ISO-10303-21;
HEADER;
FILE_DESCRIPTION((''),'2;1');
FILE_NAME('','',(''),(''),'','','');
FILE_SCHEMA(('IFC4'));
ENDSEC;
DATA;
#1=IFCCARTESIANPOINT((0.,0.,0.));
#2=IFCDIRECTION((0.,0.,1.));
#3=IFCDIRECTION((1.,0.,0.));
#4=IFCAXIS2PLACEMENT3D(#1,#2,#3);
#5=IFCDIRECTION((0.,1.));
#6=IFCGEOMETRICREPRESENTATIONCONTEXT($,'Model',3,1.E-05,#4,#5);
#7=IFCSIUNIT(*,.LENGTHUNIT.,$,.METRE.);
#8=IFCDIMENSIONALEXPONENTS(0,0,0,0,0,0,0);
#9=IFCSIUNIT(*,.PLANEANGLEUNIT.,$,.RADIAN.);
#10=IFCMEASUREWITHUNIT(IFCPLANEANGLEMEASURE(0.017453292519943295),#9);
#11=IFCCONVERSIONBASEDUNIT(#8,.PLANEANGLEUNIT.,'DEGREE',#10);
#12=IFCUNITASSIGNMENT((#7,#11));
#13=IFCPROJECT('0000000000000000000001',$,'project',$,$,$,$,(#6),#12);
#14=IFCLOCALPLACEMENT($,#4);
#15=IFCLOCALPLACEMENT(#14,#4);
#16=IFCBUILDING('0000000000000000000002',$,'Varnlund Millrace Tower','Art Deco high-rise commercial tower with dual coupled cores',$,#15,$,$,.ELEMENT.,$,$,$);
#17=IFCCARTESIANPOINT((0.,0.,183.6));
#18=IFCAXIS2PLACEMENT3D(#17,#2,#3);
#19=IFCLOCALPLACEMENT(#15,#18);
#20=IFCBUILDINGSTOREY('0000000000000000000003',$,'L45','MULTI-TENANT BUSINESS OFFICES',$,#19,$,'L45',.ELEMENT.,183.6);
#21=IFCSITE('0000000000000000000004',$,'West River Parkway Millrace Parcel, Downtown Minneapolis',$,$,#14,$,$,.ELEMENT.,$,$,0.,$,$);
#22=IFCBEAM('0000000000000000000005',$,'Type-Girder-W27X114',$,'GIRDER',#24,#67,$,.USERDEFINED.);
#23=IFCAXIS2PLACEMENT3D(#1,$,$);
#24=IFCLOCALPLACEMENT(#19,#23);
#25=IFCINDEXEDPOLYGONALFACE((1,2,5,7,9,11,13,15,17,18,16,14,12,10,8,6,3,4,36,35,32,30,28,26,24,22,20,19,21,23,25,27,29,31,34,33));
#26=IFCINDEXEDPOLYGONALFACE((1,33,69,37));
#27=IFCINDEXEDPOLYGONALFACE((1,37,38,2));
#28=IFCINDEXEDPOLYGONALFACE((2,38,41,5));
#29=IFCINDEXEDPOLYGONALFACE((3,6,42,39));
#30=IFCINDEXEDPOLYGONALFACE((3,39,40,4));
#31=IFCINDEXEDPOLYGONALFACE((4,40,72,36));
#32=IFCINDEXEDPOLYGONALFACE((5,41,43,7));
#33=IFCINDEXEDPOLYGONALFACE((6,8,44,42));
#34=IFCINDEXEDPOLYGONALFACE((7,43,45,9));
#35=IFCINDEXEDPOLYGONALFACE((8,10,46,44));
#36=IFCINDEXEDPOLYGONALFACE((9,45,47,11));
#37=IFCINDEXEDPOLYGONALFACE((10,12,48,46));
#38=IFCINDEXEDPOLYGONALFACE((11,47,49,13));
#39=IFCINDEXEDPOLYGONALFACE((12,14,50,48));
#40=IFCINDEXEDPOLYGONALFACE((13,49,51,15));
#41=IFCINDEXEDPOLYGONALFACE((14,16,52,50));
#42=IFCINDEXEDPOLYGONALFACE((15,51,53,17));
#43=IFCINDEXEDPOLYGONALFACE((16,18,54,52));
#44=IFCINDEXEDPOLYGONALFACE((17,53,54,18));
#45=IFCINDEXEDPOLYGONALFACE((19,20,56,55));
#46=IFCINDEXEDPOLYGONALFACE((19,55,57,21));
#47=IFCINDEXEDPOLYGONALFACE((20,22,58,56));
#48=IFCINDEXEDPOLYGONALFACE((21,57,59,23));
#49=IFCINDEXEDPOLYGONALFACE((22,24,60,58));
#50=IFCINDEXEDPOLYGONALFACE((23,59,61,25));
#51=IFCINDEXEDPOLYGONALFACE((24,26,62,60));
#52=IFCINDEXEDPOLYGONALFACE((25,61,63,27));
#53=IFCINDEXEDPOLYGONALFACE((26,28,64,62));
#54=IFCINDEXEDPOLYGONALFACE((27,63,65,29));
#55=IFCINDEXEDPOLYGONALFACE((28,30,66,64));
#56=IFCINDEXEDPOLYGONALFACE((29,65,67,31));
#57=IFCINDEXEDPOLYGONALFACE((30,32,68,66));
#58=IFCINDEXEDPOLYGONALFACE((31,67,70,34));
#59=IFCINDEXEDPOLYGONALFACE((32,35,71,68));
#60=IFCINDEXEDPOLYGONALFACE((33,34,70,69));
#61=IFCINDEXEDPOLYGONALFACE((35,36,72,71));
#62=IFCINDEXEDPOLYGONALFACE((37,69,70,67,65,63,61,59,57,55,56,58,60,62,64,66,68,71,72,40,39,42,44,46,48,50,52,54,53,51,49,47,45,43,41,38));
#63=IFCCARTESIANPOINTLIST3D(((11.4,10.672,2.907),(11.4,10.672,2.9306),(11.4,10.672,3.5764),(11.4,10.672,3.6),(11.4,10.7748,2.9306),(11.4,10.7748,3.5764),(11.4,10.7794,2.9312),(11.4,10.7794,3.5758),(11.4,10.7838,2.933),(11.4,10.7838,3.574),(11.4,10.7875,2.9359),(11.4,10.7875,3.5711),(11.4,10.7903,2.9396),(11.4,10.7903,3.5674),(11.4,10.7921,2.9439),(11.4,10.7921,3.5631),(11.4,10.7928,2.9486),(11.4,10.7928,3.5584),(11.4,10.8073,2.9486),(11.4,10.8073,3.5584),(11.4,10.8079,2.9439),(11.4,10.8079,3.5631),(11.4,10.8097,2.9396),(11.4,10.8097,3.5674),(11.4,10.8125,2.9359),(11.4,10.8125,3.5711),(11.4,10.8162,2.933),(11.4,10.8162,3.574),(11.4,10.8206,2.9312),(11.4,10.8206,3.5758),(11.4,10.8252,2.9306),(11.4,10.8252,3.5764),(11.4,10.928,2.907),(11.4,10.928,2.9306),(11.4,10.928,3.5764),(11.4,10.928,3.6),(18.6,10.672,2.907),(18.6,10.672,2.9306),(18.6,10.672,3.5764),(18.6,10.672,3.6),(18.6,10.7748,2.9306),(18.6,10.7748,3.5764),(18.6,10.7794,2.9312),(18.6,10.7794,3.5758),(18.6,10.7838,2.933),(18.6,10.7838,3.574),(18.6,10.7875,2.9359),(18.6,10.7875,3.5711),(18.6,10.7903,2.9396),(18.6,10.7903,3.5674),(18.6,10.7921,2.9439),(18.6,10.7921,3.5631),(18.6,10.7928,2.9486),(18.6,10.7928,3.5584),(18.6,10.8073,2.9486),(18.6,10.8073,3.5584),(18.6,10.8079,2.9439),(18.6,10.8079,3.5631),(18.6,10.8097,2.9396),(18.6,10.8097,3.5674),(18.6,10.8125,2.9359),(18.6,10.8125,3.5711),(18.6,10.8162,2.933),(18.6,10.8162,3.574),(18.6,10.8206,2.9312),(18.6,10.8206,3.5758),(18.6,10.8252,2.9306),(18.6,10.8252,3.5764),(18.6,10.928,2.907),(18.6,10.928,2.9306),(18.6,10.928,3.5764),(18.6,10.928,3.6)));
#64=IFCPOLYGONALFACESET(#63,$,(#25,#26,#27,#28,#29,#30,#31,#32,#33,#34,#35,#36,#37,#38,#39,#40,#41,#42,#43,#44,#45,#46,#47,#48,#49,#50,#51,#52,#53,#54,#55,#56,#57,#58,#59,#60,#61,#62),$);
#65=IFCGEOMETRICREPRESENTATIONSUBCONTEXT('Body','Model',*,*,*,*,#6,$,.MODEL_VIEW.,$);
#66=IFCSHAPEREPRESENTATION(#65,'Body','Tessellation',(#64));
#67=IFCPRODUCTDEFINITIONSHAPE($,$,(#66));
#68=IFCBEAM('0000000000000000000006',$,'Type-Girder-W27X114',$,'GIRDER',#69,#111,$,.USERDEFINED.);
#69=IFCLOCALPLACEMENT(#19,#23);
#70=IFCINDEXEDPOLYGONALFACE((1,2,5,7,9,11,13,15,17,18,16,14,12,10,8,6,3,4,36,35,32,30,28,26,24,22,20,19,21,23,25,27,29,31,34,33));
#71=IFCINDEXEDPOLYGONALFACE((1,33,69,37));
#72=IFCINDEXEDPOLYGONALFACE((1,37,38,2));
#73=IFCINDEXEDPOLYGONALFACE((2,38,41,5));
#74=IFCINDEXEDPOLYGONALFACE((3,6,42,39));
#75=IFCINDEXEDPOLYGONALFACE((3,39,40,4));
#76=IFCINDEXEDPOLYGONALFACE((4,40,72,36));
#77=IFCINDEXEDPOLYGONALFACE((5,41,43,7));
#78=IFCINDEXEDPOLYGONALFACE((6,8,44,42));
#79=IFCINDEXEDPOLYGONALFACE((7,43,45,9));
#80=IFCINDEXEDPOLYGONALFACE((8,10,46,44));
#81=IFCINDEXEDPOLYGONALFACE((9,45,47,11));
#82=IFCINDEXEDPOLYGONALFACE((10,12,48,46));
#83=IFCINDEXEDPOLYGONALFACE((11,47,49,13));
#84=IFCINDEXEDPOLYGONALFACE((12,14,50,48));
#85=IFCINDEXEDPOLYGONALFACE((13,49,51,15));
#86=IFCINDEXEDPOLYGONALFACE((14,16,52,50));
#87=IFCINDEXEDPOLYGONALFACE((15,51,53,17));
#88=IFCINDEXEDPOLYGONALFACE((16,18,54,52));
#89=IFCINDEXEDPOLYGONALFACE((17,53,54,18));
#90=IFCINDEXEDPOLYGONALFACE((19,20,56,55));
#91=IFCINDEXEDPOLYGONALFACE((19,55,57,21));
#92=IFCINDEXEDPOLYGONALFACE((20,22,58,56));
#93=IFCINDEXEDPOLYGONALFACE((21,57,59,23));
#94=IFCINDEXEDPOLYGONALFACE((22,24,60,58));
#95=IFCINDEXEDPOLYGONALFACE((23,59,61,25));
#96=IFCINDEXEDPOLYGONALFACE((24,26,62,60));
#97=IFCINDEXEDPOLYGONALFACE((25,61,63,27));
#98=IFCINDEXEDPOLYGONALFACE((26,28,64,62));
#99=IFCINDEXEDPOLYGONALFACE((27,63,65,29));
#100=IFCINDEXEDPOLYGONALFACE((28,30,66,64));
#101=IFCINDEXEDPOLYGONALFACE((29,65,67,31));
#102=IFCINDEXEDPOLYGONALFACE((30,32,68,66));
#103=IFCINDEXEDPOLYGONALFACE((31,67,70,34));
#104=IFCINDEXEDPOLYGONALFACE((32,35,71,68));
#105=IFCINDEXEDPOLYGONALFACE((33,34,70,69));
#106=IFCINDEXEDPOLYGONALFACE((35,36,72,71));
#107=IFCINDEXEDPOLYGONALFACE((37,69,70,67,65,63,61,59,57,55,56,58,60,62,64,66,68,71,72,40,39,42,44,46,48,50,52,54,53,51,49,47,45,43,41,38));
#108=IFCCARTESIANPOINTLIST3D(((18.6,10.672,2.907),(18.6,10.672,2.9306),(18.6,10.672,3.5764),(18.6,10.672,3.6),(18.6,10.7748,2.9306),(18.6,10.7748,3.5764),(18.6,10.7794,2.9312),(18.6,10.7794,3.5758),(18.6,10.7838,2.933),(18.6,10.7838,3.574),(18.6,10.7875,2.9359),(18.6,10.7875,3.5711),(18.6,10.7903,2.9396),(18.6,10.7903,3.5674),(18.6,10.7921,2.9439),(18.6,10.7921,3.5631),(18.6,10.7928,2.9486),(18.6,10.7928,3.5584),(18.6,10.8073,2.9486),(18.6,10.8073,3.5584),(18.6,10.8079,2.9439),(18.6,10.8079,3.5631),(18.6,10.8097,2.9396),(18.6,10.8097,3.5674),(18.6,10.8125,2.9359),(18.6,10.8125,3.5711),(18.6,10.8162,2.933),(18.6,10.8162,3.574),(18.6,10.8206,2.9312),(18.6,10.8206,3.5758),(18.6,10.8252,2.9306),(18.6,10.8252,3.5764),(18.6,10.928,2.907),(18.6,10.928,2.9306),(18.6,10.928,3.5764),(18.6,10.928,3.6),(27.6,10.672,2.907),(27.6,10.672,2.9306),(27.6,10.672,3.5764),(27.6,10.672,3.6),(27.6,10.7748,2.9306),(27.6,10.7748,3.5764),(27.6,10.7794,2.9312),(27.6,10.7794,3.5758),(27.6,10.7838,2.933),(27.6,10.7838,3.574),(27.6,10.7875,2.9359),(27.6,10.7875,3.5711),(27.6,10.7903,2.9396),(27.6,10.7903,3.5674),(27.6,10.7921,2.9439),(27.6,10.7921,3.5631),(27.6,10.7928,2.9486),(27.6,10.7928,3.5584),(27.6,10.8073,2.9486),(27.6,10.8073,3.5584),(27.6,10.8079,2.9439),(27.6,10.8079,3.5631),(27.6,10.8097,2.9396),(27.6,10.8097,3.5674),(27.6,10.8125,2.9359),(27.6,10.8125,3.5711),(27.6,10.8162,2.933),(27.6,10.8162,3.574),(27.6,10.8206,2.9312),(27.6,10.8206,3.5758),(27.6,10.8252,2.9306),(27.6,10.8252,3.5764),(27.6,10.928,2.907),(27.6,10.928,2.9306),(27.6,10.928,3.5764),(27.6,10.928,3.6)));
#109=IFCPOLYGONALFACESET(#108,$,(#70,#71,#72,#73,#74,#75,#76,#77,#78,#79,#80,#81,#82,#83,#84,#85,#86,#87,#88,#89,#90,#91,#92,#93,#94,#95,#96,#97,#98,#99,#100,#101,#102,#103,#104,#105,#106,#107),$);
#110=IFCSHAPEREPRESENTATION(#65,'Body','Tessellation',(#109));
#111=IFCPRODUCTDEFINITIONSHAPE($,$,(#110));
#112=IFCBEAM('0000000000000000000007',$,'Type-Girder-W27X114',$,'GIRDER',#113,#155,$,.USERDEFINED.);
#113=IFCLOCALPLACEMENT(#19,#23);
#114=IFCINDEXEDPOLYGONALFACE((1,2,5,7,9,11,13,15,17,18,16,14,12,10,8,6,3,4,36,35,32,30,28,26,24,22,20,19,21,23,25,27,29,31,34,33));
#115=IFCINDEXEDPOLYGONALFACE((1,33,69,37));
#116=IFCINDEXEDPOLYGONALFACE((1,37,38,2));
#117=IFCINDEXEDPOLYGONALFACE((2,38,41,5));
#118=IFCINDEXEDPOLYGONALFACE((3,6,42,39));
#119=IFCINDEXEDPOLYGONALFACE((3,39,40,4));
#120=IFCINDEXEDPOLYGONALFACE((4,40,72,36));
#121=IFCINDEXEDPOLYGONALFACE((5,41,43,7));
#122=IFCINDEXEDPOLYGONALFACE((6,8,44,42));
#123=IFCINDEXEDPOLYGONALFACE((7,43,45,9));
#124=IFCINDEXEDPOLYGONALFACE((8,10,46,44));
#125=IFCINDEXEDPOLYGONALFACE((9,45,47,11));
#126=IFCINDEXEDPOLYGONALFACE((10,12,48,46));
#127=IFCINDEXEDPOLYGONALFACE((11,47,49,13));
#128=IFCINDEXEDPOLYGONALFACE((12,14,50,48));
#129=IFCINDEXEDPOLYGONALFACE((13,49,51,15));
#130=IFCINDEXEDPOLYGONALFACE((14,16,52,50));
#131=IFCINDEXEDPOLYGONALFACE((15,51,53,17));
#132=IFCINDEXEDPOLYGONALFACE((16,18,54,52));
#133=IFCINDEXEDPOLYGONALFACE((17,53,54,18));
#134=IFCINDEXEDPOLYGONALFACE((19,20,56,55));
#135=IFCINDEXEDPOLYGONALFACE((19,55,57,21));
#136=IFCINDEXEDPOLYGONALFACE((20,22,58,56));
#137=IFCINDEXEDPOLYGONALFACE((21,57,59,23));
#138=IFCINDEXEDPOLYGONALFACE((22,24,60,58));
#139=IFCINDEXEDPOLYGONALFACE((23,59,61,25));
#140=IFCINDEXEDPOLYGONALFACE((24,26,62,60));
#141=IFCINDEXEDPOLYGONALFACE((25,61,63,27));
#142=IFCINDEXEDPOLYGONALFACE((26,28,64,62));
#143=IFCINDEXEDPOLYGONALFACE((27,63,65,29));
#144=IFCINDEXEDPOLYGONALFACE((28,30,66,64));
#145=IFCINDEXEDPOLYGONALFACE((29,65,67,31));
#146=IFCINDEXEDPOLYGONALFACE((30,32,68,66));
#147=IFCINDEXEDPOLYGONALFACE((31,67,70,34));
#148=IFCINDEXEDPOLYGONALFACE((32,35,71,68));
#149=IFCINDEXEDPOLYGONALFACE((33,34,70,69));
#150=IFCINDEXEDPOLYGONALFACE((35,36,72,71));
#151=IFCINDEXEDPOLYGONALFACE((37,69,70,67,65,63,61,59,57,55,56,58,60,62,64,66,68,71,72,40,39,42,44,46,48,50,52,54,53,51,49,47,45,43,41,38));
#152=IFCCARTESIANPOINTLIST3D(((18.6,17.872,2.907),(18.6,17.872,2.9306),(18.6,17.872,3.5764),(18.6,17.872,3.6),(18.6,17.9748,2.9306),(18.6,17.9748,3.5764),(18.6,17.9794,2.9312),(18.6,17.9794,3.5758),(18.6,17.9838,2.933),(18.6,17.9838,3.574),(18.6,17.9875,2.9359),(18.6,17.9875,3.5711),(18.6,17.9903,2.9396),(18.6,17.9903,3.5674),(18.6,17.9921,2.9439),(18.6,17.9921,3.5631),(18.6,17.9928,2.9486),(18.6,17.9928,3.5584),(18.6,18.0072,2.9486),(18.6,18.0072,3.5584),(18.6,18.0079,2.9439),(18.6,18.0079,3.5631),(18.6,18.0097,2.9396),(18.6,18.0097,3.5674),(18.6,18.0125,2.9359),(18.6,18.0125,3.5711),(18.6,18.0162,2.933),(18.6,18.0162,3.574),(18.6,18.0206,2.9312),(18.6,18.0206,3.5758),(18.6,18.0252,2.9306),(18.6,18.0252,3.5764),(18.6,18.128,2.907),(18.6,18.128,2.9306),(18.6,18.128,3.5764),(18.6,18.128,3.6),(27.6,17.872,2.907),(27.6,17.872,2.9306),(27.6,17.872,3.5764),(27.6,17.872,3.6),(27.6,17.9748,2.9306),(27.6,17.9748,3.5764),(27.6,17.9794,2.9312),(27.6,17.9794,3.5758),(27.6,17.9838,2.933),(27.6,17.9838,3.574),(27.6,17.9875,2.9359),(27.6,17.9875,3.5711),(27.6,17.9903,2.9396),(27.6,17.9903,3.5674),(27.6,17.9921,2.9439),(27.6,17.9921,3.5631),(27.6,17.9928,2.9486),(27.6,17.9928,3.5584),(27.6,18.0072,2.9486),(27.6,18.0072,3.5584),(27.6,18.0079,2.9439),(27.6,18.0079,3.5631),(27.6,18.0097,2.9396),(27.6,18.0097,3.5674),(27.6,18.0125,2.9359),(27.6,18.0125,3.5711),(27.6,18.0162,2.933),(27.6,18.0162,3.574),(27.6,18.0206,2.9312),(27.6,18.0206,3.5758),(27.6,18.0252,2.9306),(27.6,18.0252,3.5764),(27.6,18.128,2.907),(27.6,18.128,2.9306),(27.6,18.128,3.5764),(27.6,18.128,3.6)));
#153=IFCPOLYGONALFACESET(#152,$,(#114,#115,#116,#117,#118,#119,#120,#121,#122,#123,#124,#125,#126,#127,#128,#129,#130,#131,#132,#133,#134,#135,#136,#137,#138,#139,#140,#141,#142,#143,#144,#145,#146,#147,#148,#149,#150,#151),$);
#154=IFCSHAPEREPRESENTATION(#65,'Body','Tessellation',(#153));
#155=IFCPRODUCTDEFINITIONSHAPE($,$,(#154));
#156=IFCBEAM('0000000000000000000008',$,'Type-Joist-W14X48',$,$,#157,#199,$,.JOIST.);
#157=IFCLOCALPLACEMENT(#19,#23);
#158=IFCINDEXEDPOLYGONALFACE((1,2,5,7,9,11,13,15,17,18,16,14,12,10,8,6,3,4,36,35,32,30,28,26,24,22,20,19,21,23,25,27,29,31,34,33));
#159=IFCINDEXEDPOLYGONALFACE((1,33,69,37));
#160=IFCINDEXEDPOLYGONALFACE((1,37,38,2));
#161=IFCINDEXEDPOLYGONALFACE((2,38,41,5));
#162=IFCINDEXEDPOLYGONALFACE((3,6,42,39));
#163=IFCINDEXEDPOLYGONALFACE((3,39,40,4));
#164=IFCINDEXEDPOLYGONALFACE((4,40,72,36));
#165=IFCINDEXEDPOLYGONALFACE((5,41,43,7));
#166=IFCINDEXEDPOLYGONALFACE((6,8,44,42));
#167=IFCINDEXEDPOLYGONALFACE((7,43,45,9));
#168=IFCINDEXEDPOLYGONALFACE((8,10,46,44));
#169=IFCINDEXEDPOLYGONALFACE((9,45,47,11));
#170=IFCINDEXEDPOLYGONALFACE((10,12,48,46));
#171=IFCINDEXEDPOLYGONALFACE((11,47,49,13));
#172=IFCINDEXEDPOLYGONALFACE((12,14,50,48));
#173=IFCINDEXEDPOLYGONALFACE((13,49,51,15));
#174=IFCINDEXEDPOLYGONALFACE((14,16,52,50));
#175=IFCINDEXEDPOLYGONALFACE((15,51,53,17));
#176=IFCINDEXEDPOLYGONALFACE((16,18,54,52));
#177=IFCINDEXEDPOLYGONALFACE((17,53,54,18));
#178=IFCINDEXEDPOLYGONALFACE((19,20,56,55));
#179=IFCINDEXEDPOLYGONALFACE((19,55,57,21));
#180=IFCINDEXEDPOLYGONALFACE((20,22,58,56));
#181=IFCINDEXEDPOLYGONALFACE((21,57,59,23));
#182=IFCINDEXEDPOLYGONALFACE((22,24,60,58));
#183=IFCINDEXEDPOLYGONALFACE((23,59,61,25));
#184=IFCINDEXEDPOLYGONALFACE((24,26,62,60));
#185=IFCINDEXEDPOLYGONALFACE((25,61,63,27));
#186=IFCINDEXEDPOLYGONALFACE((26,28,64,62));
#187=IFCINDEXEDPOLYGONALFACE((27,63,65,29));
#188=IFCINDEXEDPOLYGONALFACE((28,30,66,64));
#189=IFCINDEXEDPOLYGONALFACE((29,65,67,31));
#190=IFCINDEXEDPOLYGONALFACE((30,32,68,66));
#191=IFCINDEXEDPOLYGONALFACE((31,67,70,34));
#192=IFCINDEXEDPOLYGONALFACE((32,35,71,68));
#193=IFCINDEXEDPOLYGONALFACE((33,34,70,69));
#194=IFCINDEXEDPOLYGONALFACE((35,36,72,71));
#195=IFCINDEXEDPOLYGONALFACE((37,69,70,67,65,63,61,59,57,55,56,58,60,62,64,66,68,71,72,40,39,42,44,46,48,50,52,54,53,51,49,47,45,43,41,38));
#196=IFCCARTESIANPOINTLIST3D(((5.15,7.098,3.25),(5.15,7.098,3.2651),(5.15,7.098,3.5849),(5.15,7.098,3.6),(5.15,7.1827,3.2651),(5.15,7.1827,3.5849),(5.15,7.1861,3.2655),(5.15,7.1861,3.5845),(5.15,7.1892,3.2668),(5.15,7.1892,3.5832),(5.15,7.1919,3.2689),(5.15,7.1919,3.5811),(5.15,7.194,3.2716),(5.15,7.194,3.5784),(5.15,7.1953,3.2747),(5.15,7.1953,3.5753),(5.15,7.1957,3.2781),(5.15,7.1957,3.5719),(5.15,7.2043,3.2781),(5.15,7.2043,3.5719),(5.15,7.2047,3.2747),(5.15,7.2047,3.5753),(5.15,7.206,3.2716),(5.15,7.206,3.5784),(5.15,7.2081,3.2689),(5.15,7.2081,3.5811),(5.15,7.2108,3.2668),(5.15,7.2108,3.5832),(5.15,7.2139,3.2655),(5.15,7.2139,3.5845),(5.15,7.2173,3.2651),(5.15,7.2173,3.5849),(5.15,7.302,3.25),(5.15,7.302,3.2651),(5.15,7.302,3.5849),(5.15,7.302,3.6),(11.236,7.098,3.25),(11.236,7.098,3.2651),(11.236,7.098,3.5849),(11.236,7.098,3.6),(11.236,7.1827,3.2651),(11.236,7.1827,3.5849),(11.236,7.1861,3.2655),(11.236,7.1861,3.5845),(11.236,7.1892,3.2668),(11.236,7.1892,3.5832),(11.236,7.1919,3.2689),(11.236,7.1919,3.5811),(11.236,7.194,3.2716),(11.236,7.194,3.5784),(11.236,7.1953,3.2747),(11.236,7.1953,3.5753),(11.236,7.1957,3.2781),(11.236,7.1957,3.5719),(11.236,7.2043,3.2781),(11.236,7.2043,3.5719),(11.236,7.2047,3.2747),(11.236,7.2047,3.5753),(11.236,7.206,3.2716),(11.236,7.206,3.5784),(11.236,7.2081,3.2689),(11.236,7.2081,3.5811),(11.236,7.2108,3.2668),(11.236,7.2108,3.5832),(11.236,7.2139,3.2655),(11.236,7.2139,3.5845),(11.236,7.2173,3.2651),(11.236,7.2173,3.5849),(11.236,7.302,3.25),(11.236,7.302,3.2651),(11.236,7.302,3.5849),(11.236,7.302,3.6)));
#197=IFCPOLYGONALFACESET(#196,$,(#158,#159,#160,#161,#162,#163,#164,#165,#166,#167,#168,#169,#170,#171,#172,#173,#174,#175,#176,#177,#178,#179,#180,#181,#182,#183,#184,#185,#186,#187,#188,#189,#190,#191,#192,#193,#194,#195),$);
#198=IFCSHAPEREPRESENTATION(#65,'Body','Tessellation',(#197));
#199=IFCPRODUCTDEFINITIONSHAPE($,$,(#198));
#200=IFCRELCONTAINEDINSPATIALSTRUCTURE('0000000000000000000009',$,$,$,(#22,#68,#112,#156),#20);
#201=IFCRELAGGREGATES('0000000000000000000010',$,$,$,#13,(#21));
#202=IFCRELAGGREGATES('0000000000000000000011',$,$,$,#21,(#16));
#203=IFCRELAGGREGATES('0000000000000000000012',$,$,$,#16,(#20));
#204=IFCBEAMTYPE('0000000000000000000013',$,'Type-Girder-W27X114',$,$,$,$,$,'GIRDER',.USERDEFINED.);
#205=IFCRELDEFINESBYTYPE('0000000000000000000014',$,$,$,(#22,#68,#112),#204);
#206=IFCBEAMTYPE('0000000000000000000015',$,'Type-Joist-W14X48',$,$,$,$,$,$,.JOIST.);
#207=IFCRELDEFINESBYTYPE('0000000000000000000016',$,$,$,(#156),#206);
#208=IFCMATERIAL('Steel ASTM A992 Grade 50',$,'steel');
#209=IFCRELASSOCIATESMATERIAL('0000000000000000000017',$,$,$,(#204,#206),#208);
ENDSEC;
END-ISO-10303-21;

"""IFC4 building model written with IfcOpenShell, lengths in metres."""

from ifc_helpers import new_model, entity, si_unit, converted_unit, direction, frame, origin_with_axes, origin_2d_with_axis, place, context, subcontext, project, spatial, i_section, extrude, material, material_profile, profile_set, type_object, element, save


model = new_model("IFC4")

# Units and contexts
model_context = context("Model", 3, precision=1e-05, world=origin_with_axes(), true_north=direction((0.0, 1.0)))
body_context = subcontext(model_context, "Body", "Model", "MODEL_VIEW")
ifc_project = project(units=[si_unit("LENGTHUNIT", "METRE"), converted_unit("PLANEANGLEUNIT", "DEGREE", entity("IfcPlaneAngleMeasure", 0.017453292519943295), si_unit("PLANEANGLEUNIT", "RADIAN"), dimensions=[0, 0, 0, 0, 0, 0, 0])], contexts=[model_context])

# Site, building, storey
site_placement = place(None, origin_with_axes())
site = spatial("IfcSite", under=ifc_project, at=site_placement, Name="West River Parkway Millrace Parcel, Downtown Minneapolis", CompositionType="ELEMENT", RefElevation=0.0)
building_placement = place(site_placement, origin_with_axes())
building = spatial("IfcBuilding", under=site, at=building_placement, Name="Varnlund Millrace Tower", Description="Art Deco high-rise commercial tower with dual coupled cores", CompositionType="ELEMENT")
storey_placement = place(building_placement, frame((0.0, 0.0, 183.6), z_axis=(0.0, 0.0, 1.0), x_axis=(1.0, 0.0, 0.0)))
storey = spatial("IfcBuildingStorey", under=building, at=storey_placement, Name="L45", Description="MULTI-TENANT BUSINESS OFFICES", LongName="L45", CompositionType="ELEMENT", Elevation=183.6)

# Beams
ifc_material_1 = material(Name="Steel ASTM A992 Grade 50", Category="steel")
ifc_material_profile_1 = material_profile(ifc_material_1, i_section(OverallWidth=0.256, OverallDepth=0.693, WebThickness=0.0145, FlangeThickness=0.0236, FilletRadius=0.018, at=origin_2d_with_axis()), Name="Steel ASTM A992 Grade 50")
ifc_profile_set_1 = profile_set([ifc_material_profile_1], Name="Steel ASTM A992 Grade 50")
beam_type_1 = type_object("IfcBeamType", Name="Type-Girder-W27X114", ElementType="GIRDER", PredefinedType="USERDEFINED", material=ifc_profile_set_1)
beam_1_placement = place(storey_placement, frame((11.4, 10.8, 3.2535), z_axis=(1.0, 0.0, 0.0), x_axis=(0.0, 1.0, 0.0)))
element("IfcBeam", 1, at=beam_1_placement, inside=storey, type_object=beam_type_1, Name="Type-Girder-W27X114", ObjectType="GIRDER", PredefinedType="USERDEFINED", context=body_context, shape_type="SweptSolid", body=[
    extrude(i_section(OverallWidth=0.256, OverallDepth=0.693, WebThickness=0.0145, FlangeThickness=0.0236, FilletRadius=0.018, at=origin_2d_with_axis()), origin_with_axes(), (0.0, 0.0, 1.0), 7.2),
])
for number, where, z_axis, x_axis, name in (
    (2, (18.6, 10.8, 3.2535), (1.0, 0.0, 0.0), (0.0, 1.0, 0.0), "Type-Girder-W27X114"),
    (3, (18.6, 18.0, 3.2535), (1.0, 0.0, 0.0), (0.0, 1.0, 0.0), "Type-Girder-W27X114"),
):
    element("IfcBeam", number, at=place(storey_placement, frame(where, z_axis=z_axis, x_axis=x_axis)), inside=storey, type_object=beam_type_1, Name=name, ObjectType="GIRDER", PredefinedType="USERDEFINED", context=body_context, shape_type="SweptSolid", body=[
        extrude(i_section(OverallWidth=0.256, OverallDepth=0.693, WebThickness=0.0145, FlangeThickness=0.0236, FilletRadius=0.018, at=origin_2d_with_axis()), origin_with_axes(), (0.0, 0.0, 1.0), 9.0),
    ])
ifc_material_profile_2 = material_profile(ifc_material_1, i_section(OverallWidth=0.204, OverallDepth=0.35, WebThickness=0.0086, FlangeThickness=0.0151, FilletRadius=0.013, at=origin_2d_with_axis()), Name="Steel ASTM A992 Grade 50")
ifc_profile_set_2 = profile_set([ifc_material_profile_2], Name="Steel ASTM A992 Grade 50")
beam_type_2 = type_object("IfcBeamType", Name="Type-Joist-W14X48", PredefinedType="JOIST", material=ifc_profile_set_2)
for number, where, z_axis, x_axis, name in (
    (4, (5.15, 7.2, 3.425), (1.0, 0.0, 0.0), (0.0, 1.0, 0.0), "Type-Joist-W14X48"),
):
    element("IfcBeam", number, at=place(storey_placement, frame(where, z_axis=z_axis, x_axis=x_axis)), inside=storey, type_object=beam_type_2, Name=name, PredefinedType="JOIST", context=body_context, shape_type="SweptSolid", body=[
        extrude(i_section(OverallWidth=0.204, OverallDepth=0.35, WebThickness=0.0086, FlangeThickness=0.0151, FilletRadius=0.013, at=origin_2d_with_axis()), origin_with_axes(), (0.0, 0.0, 1.0), 6.086),
    ])

save(model, "model.ifc")
